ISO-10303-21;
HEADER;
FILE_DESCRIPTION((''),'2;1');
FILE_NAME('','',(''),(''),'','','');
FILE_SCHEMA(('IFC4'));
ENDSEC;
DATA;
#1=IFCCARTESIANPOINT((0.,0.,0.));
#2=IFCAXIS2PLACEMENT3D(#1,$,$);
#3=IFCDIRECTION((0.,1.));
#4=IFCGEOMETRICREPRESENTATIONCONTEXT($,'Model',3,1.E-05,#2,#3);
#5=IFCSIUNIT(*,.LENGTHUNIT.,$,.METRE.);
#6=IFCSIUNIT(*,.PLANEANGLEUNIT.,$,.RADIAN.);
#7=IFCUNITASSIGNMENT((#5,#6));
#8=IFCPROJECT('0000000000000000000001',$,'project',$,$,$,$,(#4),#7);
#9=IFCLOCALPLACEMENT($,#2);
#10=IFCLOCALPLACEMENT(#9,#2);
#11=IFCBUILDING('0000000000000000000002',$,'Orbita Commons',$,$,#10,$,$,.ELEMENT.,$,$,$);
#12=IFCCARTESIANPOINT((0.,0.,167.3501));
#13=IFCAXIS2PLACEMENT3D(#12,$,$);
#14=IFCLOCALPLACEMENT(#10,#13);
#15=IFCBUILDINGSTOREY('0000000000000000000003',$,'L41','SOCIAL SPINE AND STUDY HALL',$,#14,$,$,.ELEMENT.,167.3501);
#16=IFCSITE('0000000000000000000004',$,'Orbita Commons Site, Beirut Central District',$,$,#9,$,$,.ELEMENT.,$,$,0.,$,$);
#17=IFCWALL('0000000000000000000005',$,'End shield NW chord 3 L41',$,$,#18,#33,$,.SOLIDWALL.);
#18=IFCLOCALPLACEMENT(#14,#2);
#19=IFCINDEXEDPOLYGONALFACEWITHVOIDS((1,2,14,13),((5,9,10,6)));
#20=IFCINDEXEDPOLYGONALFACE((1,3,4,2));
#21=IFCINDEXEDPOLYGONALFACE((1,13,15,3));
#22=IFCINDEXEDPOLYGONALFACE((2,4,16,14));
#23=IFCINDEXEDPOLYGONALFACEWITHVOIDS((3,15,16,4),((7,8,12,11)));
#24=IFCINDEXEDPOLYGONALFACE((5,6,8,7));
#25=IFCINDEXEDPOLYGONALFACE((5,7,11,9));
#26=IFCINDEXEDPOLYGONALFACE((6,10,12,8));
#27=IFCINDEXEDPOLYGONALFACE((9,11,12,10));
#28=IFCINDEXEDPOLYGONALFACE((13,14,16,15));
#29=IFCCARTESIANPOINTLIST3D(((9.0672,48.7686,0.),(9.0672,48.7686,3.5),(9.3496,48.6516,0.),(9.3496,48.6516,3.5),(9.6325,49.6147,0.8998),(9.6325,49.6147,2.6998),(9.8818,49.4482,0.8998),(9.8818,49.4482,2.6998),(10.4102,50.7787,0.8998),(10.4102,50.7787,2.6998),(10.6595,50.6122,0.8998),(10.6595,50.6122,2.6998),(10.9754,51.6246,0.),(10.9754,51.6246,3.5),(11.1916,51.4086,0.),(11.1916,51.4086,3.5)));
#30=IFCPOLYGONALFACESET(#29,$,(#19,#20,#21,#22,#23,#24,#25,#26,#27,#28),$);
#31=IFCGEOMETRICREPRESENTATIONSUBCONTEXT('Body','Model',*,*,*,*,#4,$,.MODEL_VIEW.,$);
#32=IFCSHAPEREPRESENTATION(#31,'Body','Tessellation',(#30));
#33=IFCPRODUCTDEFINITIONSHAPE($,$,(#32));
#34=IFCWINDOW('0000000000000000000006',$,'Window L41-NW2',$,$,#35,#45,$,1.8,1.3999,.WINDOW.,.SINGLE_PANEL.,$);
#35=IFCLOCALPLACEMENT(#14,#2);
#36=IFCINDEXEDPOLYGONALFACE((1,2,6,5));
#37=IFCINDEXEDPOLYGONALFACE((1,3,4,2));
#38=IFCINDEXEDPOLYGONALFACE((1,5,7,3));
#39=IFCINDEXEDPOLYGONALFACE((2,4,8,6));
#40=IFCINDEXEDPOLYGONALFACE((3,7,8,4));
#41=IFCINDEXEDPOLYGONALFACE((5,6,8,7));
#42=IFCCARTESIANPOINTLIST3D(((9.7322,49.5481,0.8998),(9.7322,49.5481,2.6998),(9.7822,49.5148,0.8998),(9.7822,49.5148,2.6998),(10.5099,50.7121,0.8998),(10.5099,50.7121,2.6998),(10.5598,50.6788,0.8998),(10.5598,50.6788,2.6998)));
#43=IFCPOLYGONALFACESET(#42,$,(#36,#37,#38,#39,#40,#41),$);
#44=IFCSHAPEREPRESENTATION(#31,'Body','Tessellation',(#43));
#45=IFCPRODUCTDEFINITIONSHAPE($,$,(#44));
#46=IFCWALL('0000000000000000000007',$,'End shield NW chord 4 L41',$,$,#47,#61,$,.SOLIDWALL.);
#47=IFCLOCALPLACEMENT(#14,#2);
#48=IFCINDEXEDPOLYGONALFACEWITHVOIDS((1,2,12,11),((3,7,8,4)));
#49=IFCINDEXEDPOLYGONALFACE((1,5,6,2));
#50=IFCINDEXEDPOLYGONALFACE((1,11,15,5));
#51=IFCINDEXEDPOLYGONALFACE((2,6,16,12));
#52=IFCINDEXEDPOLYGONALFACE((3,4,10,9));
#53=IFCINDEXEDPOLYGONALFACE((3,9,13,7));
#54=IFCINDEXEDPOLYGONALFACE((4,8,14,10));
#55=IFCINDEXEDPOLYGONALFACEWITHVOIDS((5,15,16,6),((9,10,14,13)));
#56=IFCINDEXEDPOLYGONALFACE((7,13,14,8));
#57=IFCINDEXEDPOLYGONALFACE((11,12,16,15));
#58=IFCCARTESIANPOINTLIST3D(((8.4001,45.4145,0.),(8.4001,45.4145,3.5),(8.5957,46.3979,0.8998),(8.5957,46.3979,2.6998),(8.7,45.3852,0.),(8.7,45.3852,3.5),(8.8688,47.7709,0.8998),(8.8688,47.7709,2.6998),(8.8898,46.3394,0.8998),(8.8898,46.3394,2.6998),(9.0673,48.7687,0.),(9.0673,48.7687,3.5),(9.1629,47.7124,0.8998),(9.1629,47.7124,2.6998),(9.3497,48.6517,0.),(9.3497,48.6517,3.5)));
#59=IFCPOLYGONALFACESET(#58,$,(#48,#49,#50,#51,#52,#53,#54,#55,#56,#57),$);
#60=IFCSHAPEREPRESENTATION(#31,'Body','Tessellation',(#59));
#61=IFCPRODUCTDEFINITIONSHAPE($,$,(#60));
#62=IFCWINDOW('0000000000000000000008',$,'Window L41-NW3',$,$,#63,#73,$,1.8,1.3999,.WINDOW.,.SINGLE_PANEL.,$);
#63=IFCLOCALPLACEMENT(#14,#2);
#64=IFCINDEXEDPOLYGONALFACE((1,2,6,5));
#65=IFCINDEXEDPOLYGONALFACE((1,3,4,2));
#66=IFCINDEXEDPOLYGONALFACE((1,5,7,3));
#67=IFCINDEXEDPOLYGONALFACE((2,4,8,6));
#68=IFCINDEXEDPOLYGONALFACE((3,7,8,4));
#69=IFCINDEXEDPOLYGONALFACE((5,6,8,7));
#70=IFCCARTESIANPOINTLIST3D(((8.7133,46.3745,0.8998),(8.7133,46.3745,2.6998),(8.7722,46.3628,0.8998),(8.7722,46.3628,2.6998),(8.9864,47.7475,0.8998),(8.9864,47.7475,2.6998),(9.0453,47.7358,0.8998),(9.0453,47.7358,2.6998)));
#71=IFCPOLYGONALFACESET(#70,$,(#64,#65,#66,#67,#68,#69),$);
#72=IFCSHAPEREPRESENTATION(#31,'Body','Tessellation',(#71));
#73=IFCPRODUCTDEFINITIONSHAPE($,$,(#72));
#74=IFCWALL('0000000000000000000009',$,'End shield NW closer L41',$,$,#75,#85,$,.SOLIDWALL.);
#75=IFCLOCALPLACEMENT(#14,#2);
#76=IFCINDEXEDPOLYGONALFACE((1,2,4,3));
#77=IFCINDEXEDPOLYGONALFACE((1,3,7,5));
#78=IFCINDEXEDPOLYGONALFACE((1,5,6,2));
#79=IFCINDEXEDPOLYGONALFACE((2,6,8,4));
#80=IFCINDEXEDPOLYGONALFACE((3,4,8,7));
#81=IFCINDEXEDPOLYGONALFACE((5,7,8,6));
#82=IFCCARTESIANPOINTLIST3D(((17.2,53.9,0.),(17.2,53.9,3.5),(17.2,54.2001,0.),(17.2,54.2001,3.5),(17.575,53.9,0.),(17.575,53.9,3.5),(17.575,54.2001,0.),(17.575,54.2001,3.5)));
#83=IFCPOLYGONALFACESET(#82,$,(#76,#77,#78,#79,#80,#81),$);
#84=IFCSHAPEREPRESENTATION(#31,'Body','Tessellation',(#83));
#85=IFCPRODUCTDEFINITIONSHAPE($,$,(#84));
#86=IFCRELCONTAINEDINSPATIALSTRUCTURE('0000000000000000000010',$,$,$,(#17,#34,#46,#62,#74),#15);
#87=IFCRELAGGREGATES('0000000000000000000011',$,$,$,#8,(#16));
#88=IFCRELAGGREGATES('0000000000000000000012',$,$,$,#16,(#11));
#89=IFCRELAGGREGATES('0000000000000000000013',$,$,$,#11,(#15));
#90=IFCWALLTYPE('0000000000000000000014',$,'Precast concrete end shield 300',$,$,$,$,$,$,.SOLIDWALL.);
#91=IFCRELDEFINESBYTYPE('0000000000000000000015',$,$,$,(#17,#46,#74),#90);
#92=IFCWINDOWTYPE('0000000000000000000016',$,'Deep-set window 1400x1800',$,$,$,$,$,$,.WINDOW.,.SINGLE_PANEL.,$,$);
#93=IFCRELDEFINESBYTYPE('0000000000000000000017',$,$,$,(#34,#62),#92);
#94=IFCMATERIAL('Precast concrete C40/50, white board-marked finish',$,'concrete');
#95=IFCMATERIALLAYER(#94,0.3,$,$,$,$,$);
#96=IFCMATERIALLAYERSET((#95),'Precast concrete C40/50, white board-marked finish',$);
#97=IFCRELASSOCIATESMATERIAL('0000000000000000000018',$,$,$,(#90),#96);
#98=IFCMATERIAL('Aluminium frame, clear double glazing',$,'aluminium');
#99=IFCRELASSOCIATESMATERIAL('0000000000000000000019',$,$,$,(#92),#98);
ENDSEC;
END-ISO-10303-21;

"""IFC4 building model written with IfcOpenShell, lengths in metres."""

from ifc_helpers import new_model, si_unit, direction, frame, frame_2d, origin, place, context, subcontext, project, spatial, polyline, rectangle, outline, extrude, material, layer, layer_set, type_object, element, fill, save


model = new_model("IFC4")

# Units and contexts
model_context = context("Model", 3, precision=1e-05, world=origin(), true_north=direction((0.0, 1.0)))
body_context = subcontext(model_context, "Body", "Model", "MODEL_VIEW")
ifc_project = project(units=[si_unit("LENGTHUNIT", "METRE"), si_unit("PLANEANGLEUNIT", "RADIAN")], contexts=[model_context])

# Site, building, storey
site_placement = place(None, origin())
site = spatial("IfcSite", under=ifc_project, at=site_placement, Name="Orbita Commons Site, Beirut Central District", CompositionType="ELEMENT", RefElevation=0.0)
building_placement = place(site_placement, origin())
building = spatial("IfcBuilding", under=site, at=building_placement, Name="Orbita Commons", CompositionType="ELEMENT")
storey_placement = place(building_placement, frame((0.0, 0.0, 167.3501)))
storey = spatial("IfcBuildingStorey", under=building, at=storey_placement, Name="L41", Description="SOCIAL SPINE AND STUDY HALL", CompositionType="ELEMENT", Elevation=167.3501)

# Walls, openings, windows
ifc_material_1 = material(Name="Precast concrete C40/50, white board-marked finish", Category="concrete")
ifc_layer_1 = layer(ifc_material_1, 0.3)
ifc_layer_set_1 = layer_set([ifc_layer_1], Name="Precast concrete C40/50, white board-marked finish")
wall_type_1 = type_object("IfcWallType", Name="Precast concrete end shield 300", PredefinedType="SOLIDWALL", material=ifc_layer_set_1)
ifc_material_2 = material(Name="Aluminium frame, clear double glazing", Category="aluminium")
window_type = type_object("IfcWindowType", Name="Deep-set window 1400x1800", PartitioningType="SINGLE_PANEL", PredefinedType="WINDOW", material=ifc_material_2)
wall_1_placement = place(storey_placement, frame((11.0835, 51.5166, 0.0), z_axis=(0.0, 0.0, 1.0), x_axis=(-0.555535, -0.831493, 0.0)))
wall_1 = element("IfcWall", 1, at=wall_1_placement, inside=storey, type_object=wall_type_1, Name="End shield NW chord 3 L41", PredefinedType="SOLIDWALL", context=body_context, shape_type="SweptSolid", body=[
    extrude(outline(polyline([(-0.0298, -0.1499), (3.405, -0.1499), (3.3455, 0.1499), (0.0298, 0.1499), (-0.0298, -0.1499)])), origin(), (0.0, 0.0, 1.0), 3.5),
])
opening_1_placement = place(wall_1_placement, frame((0.9875, 0.0, 0.8999)))
opening_1 = element("IfcOpeningElement", 2, at=opening_1_placement, cuts=wall_1, PredefinedType="OPENING", context=body_context, shape_type="SweptSolid", body=[
    extrude(rectangle(XDim=1.3999, YDim=1.8, at=frame_2d((0.7, 0.8999))), frame((0.0, 0.1599, 0.0), z_axis=(0.0, -1.0, 0.0), x_axis=(1.0, 0.0, 0.0)), (0.0, 0.0, 1.0), 0.3201),
])
window_1_placement = place(opening_1_placement, origin())
window_1 = element("IfcWindow", 3, at=window_1_placement, inside=storey, type_object=window_type, Name="Window L41-NW2", OverallHeight=1.8, OverallWidth=1.3999, PartitioningType="SINGLE_PANEL", PredefinedType="WINDOW", context=body_context, shape_type="SweptSolid", body=[
    extrude(rectangle(XDim=1.3999, YDim=1.8, at=frame_2d((0.7, 0.8999))), frame((0.0, 0.03, 0.0), z_axis=(0.0, -1.0, 0.0), x_axis=(1.0, 0.0, 0.0)), (0.0, 0.0, 1.0), 0.0601),
])
fill(opening_1, window_1)
wall_2_placement = place(storey_placement, frame((9.2085, 48.7102, 0.0), z_axis=(0.0, 0.0, 1.0), x_axis=(-0.195087, -0.980786, 0.0)))
wall_2 = element("IfcWall", 4, at=wall_2_placement, inside=storey, type_object=wall_type_1, Name="End shield NW chord 4 L41", PredefinedType="SOLIDWALL", context=body_context, shape_type="SweptSolid", body=[
    extrude(outline(polyline([(-0.0298, -0.1499), (3.3901, -0.1499), (3.3604, 0.1499), (0.0298, 0.1499), (-0.0298, -0.1499)])), origin(), (0.0, 0.0, 1.0), 3.5),
])
opening_2_placement = place(wall_2_placement, frame((0.9875, 0.0, 0.8999)))
opening_2 = element("IfcOpeningElement", 5, at=opening_2_placement, cuts=wall_2, PredefinedType="OPENING", context=body_context, shape_type="SweptSolid", body=[
    extrude(rectangle(XDim=1.3999, YDim=1.8, at=frame_2d((0.7, 0.8999))), frame((0.0, 0.1599, 0.0), z_axis=(0.0, -1.0, 0.0), x_axis=(1.0, 0.0, 0.0)), (0.0, 0.0, 1.0), 0.3201),
])
window_2_placement = place(opening_2_placement, origin())
window_2 = element("IfcWindow", 6, at=window_2_placement, inside=storey, type_object=window_type, Name="Window L41-NW3", OverallHeight=1.8, OverallWidth=1.3999, PartitioningType="SINGLE_PANEL", PredefinedType="WINDOW", context=body_context, shape_type="SweptSolid", body=[
    extrude(rectangle(XDim=1.3999, YDim=1.8, at=frame_2d((0.7, 0.8999))), frame((0.0, 0.03, 0.0), z_axis=(0.0, -1.0, 0.0), x_axis=(1.0, 0.0, 0.0)), (0.0, 0.0, 1.0), 0.0601),
])
fill(opening_2, window_2)

# Wall
wall_3_placement = place(storey_placement, frame((17.2, 54.05, 0.0), z_axis=(0.0, 0.0, 1.0), x_axis=(1.0, 0.0, 0.0)))
element("IfcWall", 7, at=wall_3_placement, inside=storey, type_object=wall_type_1, Name="End shield NW closer L41", PredefinedType="SOLIDWALL", context=body_context, shape_type="SweptSolid", body=[
    extrude(rectangle(XDim=0.375, YDim=0.3, at=frame_2d((0.1875, 0.0))), origin(), (0.0, 0.0, 1.0), 3.5),
])

save(model, "model.ifc")
